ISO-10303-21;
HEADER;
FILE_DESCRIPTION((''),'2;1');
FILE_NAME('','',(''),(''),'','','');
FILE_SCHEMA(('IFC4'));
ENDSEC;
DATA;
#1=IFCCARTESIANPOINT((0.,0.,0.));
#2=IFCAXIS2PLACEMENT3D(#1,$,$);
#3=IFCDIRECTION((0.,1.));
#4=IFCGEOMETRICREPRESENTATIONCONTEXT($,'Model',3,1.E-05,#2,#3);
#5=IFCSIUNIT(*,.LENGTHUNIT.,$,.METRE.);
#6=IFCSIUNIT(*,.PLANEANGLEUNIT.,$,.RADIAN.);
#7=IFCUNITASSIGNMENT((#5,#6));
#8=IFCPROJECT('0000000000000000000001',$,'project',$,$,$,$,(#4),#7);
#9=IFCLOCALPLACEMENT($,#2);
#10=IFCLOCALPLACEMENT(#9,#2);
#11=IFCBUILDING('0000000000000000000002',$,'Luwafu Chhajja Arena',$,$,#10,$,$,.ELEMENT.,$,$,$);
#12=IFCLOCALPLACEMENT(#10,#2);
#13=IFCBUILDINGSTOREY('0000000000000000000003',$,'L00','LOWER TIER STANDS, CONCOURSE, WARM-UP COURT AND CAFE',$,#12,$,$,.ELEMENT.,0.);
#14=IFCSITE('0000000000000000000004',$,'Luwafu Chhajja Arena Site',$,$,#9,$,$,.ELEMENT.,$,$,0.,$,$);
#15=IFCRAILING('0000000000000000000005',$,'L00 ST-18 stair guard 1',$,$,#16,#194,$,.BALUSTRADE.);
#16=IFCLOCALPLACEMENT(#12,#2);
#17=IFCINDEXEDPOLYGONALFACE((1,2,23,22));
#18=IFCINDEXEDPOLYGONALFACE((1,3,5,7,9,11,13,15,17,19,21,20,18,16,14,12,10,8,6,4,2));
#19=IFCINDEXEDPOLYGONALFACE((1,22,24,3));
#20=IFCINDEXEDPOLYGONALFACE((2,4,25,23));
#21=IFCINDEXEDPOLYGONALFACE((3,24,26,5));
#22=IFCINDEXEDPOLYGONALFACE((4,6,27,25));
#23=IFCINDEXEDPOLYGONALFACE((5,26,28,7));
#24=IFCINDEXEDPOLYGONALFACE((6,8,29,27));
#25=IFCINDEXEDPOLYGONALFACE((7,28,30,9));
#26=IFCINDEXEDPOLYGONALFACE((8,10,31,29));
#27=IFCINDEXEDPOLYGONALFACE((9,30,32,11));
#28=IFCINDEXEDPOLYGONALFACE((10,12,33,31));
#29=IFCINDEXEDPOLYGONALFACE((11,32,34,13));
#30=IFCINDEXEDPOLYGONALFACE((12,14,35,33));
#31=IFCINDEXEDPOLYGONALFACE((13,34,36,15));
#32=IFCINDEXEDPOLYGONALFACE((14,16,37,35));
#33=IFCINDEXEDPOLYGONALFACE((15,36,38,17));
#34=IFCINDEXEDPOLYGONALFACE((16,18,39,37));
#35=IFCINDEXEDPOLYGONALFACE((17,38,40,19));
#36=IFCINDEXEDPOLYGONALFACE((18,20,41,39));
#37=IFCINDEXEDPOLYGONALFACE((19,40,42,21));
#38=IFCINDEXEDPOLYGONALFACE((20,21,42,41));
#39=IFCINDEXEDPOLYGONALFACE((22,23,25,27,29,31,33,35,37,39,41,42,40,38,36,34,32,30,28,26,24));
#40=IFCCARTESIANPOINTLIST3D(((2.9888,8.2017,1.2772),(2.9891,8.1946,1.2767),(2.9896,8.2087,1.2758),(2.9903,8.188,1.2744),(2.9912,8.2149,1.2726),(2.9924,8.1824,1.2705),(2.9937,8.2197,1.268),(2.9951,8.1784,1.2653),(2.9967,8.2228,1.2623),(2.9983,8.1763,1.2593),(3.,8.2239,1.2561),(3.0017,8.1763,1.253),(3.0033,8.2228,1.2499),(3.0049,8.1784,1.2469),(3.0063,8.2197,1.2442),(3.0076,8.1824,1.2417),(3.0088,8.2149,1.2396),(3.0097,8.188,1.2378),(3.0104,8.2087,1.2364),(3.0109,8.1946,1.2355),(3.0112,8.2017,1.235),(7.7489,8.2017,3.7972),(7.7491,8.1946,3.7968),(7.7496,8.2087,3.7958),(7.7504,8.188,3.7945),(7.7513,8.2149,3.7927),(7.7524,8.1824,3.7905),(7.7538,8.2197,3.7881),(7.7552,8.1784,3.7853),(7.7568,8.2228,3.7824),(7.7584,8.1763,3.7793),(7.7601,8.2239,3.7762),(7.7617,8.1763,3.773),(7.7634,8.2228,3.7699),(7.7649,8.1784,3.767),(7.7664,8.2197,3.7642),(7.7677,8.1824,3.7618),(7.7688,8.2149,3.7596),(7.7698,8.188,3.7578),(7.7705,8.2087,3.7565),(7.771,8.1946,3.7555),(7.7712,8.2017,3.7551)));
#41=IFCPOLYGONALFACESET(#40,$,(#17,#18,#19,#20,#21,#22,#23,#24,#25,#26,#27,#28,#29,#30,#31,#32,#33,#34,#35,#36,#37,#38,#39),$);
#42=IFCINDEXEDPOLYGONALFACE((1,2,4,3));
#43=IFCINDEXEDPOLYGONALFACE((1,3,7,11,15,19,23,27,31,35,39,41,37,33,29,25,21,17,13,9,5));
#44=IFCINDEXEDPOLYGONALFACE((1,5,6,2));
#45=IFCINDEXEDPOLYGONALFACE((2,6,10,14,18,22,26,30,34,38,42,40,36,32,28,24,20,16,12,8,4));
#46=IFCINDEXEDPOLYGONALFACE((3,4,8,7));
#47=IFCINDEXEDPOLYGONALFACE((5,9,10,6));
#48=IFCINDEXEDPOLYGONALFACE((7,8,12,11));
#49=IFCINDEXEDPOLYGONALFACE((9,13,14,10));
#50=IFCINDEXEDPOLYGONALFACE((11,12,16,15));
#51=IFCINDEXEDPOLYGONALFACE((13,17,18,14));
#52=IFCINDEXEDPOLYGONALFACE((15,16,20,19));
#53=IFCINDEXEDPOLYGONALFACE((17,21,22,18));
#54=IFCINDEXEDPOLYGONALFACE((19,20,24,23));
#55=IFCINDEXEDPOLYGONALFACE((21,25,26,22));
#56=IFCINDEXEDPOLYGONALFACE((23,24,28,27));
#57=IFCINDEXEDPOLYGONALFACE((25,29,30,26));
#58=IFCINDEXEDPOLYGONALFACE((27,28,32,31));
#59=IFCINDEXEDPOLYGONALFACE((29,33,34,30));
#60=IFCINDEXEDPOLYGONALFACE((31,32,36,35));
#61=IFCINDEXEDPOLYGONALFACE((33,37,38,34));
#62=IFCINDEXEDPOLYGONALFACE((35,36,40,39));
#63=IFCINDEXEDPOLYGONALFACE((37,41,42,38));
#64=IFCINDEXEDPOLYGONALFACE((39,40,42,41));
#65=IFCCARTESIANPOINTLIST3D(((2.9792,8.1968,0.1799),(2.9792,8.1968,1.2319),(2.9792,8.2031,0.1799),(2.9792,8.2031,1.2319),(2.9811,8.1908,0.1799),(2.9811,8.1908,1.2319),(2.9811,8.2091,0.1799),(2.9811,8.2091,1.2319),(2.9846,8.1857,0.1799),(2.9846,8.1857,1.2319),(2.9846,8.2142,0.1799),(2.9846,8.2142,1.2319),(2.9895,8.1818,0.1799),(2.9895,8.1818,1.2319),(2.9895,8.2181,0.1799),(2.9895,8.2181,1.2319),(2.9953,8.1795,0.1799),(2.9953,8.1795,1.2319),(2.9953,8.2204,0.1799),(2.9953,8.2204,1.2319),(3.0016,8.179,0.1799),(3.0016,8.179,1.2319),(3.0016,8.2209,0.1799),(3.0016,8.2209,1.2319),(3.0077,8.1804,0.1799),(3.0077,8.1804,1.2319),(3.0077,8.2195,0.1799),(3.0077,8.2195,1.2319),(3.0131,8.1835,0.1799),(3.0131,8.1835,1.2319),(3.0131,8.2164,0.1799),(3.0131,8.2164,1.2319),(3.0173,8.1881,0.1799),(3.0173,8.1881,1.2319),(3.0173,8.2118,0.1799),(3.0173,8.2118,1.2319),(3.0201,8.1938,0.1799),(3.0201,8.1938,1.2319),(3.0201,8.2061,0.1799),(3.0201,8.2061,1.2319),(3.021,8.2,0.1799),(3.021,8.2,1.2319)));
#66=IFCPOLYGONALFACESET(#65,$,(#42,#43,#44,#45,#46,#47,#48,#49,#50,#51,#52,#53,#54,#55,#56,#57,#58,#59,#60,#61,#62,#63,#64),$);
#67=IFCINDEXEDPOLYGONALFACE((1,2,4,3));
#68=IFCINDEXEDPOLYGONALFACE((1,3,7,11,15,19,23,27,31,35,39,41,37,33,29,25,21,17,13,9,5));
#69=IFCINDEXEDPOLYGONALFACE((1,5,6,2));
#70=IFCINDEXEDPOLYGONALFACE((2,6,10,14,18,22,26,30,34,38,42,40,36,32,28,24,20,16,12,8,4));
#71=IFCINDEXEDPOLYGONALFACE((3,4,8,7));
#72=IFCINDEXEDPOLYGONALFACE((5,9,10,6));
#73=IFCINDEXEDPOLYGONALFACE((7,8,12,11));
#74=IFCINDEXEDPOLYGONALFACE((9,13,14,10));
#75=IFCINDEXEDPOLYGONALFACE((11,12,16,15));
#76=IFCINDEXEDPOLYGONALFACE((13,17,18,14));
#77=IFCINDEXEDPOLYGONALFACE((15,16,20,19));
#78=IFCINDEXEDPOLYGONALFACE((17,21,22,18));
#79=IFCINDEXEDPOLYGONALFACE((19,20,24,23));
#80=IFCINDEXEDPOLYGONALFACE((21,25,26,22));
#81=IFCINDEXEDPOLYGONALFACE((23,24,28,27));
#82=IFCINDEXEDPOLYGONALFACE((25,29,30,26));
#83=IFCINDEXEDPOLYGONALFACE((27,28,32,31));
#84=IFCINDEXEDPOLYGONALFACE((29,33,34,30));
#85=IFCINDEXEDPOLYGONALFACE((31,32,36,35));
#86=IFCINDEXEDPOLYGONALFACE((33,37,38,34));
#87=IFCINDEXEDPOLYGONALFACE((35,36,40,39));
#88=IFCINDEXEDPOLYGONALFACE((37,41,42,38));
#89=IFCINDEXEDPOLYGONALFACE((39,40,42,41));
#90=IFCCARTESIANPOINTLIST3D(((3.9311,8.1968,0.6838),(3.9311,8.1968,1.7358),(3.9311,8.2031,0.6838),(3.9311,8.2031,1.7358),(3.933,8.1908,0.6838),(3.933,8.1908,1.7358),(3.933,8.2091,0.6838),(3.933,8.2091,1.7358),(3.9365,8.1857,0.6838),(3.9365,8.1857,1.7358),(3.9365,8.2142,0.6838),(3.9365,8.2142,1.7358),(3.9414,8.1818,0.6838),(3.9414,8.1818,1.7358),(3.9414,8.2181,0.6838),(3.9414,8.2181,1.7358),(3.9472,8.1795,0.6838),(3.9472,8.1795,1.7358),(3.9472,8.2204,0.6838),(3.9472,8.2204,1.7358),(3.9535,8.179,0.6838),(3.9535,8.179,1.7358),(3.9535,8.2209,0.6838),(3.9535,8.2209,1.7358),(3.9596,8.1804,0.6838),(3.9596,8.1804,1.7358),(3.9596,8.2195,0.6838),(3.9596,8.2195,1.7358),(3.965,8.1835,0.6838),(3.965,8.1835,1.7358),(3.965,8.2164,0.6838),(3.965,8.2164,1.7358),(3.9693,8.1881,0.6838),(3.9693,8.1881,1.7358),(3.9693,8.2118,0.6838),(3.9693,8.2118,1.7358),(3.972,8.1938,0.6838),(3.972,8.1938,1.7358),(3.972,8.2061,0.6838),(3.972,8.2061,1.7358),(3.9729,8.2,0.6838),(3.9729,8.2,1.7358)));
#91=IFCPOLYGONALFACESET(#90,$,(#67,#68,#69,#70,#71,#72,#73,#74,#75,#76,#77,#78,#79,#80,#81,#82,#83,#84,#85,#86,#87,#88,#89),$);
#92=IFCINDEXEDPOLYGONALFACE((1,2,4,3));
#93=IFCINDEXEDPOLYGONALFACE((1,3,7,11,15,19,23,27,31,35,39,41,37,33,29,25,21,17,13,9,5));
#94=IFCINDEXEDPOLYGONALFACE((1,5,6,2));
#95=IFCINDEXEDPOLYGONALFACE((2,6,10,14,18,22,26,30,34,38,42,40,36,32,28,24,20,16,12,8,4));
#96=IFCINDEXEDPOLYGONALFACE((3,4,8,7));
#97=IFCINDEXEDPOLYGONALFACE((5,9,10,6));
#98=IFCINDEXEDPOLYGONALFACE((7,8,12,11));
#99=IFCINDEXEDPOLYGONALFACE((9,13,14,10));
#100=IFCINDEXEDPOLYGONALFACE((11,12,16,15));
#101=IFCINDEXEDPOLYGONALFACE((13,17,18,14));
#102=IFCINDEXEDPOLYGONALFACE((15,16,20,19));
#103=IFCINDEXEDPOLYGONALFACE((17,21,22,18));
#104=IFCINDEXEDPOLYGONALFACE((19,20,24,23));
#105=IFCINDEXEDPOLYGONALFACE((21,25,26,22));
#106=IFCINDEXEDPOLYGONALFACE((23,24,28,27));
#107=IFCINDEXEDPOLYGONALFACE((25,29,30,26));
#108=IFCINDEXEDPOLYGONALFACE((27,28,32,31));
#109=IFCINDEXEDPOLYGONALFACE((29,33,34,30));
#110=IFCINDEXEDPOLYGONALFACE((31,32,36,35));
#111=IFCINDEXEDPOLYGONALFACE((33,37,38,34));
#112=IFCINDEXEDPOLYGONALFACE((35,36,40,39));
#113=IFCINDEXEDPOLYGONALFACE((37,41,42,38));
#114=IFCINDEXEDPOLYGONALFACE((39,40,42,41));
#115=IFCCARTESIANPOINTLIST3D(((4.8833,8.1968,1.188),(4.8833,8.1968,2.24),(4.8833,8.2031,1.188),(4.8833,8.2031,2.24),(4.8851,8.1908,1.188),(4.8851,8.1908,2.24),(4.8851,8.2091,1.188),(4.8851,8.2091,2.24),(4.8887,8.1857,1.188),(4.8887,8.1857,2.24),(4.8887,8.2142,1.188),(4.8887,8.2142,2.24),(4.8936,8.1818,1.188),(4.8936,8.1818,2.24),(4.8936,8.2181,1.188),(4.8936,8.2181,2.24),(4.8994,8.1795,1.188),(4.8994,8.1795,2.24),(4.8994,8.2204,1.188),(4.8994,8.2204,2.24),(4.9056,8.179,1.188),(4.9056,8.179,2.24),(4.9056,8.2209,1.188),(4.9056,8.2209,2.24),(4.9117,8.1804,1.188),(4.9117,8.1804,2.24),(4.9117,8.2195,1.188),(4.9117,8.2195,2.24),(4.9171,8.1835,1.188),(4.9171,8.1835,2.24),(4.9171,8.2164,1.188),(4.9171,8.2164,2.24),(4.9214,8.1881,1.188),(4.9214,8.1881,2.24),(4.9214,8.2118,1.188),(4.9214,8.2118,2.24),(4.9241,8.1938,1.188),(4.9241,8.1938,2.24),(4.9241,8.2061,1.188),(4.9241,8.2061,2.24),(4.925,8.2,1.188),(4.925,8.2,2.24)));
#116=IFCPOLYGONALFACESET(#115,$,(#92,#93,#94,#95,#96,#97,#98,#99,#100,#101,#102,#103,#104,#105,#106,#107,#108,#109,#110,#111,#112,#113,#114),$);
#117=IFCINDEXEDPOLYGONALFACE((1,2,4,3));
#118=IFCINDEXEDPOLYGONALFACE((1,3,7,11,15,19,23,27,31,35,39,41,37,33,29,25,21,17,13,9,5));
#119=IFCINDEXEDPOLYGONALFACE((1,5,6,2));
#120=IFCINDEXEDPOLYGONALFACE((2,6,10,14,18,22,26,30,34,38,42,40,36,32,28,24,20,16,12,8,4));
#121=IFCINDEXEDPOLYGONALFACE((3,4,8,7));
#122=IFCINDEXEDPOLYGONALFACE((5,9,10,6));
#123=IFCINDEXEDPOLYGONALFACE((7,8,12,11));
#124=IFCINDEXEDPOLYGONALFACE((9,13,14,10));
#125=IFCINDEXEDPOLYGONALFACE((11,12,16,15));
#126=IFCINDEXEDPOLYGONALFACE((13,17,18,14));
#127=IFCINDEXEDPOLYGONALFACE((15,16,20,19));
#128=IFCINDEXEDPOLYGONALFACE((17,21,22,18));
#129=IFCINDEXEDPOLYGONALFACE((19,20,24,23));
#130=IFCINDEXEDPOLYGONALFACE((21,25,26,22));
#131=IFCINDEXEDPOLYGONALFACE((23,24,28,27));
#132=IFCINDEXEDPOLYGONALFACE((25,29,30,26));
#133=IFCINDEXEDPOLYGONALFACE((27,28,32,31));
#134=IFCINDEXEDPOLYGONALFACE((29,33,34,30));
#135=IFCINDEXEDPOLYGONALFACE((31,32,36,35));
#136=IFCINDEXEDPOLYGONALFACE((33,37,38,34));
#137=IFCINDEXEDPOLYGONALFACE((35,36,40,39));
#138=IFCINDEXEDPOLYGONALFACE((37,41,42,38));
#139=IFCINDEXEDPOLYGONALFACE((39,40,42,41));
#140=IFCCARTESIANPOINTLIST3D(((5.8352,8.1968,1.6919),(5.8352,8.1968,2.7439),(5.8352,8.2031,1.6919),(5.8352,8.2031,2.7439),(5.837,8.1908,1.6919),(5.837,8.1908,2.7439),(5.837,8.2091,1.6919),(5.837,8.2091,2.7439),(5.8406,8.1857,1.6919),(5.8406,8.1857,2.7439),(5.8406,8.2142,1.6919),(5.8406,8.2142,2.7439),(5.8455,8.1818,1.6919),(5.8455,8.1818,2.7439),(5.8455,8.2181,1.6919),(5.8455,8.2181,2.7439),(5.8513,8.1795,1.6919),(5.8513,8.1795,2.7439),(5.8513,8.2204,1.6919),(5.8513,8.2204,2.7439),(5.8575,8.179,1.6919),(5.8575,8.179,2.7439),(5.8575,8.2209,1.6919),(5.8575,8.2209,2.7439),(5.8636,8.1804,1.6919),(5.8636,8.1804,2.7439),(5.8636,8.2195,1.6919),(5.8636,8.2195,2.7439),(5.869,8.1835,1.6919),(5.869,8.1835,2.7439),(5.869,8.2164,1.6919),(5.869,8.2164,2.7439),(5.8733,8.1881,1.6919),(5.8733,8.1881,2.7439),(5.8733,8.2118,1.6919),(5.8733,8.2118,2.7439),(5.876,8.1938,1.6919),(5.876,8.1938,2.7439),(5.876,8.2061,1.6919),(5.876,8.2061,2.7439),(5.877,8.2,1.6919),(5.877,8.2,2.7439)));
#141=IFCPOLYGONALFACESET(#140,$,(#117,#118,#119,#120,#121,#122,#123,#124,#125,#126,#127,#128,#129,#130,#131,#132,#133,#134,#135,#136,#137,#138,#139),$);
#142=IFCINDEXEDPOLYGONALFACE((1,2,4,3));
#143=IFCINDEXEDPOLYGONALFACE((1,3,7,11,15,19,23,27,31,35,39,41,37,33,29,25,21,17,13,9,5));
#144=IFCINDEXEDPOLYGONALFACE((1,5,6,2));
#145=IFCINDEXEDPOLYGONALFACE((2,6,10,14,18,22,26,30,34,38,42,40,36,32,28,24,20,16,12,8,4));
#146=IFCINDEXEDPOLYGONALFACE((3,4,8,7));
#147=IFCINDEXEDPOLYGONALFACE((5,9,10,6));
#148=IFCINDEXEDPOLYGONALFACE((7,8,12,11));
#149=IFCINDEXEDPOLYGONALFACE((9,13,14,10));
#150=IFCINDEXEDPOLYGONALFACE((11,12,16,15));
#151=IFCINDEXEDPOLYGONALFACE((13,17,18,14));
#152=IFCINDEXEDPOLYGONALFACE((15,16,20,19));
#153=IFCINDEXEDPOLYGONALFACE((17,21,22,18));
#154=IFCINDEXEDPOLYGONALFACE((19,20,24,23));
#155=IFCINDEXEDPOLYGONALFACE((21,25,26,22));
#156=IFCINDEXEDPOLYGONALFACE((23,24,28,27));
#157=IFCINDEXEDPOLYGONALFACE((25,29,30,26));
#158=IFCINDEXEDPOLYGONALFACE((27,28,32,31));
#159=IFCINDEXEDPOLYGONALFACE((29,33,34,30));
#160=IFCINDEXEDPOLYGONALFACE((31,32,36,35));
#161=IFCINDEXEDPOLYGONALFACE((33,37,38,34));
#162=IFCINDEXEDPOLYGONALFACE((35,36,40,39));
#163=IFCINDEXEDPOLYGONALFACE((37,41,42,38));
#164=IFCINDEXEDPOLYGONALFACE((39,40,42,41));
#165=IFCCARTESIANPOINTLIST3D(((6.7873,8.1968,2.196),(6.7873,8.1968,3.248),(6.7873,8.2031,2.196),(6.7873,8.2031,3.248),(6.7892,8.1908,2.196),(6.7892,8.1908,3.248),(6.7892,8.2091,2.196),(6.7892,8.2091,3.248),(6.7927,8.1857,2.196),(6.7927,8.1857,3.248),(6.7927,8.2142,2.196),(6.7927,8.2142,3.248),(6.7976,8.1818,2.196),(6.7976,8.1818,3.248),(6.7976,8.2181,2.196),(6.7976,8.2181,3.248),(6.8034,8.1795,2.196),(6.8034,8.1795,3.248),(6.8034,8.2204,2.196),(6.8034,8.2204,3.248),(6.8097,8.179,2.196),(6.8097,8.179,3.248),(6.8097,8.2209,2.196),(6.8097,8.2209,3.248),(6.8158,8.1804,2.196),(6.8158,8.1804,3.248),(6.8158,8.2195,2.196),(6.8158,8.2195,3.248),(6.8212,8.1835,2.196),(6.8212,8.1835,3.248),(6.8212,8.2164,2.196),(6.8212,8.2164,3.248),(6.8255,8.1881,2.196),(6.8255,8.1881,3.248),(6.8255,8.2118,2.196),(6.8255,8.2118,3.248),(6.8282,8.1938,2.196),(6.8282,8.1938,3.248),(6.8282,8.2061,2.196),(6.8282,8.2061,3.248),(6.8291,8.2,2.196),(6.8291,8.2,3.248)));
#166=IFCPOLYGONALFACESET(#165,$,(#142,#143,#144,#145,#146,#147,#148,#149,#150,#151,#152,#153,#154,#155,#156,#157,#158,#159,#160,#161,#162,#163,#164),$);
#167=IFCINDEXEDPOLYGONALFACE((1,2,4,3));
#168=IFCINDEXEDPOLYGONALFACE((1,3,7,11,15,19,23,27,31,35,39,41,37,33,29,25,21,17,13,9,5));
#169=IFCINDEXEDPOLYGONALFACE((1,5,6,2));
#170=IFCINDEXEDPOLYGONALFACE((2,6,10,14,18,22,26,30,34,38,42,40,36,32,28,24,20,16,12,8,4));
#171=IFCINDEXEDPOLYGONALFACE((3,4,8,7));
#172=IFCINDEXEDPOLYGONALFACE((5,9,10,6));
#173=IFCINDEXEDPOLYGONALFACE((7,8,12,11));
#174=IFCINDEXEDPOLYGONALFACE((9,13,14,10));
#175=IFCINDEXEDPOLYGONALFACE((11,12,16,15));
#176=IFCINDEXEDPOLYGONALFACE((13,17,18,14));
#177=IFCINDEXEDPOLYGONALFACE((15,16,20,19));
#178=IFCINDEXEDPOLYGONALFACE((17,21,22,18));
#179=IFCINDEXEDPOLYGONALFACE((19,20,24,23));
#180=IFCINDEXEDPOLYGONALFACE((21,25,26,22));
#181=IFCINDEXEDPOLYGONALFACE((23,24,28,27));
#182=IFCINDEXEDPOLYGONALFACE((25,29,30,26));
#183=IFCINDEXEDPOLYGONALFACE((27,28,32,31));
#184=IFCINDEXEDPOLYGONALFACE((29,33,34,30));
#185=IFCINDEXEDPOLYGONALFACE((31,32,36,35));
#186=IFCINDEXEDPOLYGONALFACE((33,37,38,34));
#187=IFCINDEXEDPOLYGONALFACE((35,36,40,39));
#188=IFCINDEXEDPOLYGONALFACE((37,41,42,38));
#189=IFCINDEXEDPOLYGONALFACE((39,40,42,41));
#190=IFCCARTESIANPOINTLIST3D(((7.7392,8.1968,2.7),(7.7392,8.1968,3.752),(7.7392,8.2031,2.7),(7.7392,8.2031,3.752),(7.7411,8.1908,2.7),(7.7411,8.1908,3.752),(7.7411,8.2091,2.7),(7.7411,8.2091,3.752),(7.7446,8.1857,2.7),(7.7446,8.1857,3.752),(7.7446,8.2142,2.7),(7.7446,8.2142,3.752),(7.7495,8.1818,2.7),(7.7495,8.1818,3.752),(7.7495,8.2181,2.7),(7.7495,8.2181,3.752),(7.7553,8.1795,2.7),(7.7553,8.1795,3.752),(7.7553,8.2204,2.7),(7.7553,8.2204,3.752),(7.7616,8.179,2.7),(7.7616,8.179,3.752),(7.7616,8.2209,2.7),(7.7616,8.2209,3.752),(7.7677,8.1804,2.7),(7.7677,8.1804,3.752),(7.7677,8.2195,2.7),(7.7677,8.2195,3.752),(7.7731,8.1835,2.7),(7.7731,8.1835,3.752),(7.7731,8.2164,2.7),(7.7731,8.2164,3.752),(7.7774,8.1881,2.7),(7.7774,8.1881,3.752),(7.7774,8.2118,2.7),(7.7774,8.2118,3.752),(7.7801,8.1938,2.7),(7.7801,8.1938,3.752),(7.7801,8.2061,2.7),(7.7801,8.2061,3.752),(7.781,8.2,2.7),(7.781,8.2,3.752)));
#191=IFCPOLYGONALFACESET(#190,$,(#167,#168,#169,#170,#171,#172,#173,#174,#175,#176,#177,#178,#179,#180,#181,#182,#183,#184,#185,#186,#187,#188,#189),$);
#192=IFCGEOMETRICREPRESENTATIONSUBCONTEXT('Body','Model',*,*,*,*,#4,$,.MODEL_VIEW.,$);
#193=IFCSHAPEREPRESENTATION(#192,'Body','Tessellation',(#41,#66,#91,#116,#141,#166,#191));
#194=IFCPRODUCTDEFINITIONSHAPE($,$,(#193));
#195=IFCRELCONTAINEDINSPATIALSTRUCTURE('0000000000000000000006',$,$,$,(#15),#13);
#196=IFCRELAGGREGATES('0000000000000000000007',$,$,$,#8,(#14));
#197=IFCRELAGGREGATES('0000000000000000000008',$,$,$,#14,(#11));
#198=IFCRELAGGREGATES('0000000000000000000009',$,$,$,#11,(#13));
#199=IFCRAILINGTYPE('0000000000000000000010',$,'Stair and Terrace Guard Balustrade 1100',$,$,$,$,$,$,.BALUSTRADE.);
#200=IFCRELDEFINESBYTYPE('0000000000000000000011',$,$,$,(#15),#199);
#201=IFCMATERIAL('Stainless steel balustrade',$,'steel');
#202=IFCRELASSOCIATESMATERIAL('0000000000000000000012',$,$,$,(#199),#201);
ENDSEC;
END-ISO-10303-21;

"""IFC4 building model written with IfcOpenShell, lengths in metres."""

from ifc_helpers import new_model, si_unit, direction, frame, origin, origin_2d, place, context, subcontext, project, spatial, circle, extrude, material, type_object, element, save


model = new_model("IFC4")

# Units and contexts
model_context = context("Model", 3, precision=1e-05, world=origin(), true_north=direction((0.0, 1.0)))
body_context = subcontext(model_context, "Body", "Model", "MODEL_VIEW")
ifc_project = project(units=[si_unit("LENGTHUNIT", "METRE"), si_unit("PLANEANGLEUNIT", "RADIAN")], contexts=[model_context])

# Site, building, storey
site_placement = place(None, origin())
site = spatial("IfcSite", under=ifc_project, at=site_placement, Name="Luwafu Chhajja Arena Site", CompositionType="ELEMENT", RefElevation=0.0)
building_placement = place(site_placement, origin())
building = spatial("IfcBuilding", under=site, at=building_placement, Name="Luwafu Chhajja Arena", CompositionType="ELEMENT")
storey_placement = place(building_placement, origin())
storey = spatial("IfcBuildingStorey", under=building, at=storey_placement, Name="L00", Description="LOWER TIER STANDS, CONCOURSE, WARM-UP COURT AND CAFE", CompositionType="ELEMENT", Elevation=0.0)

# Railing
ifc_material_1 = material(Name="Stainless steel balustrade", Category="steel")
railing_type_1 = type_object("IfcRailingType", Name="Stair and Terrace Guard Balustrade 1100", PredefinedType="BALUSTRADE", material=ifc_material_1)
railing_1_placement = place(storey_placement, frame((3.0, 8.2, 0.1799)))
element("IfcRailing", 1, at=railing_1_placement, inside=storey, type_object=railing_type_1, Name="L00 ST-18 stair guard 1", PredefinedType="BALUSTRADE", context=body_context, shape_type="SweptSolid", body=[
    extrude(circle(Radius=0.0239, at=origin_2d()), frame((0.0, 0.0, 1.0762), z_axis=(0.883787, 0.0, 0.46789), x_axis=(0.0, 1.0, 0.0)), (0.0, 0.0, 1.0), 5.386),
    extrude(circle(Radius=0.021, at=origin_2d()), origin(), (0.0, 0.0, 1.0), 1.052),
    extrude(circle(Radius=0.021, at=origin_2d()), frame((0.9519, 0.0, 0.5039)), (0.0, 0.0, 1.0), 1.052),
    extrude(circle(Radius=0.021, at=origin_2d()), frame((1.9041, 0.0, 1.0081)), (0.0, 0.0, 1.0), 1.052),
    extrude(circle(Radius=0.021, at=origin_2d()), frame((2.856, 0.0, 1.512)), (0.0, 0.0, 1.0), 1.052),
    extrude(circle(Radius=0.021, at=origin_2d()), frame((3.8081, 0.0, 2.0161)), (0.0, 0.0, 1.0), 1.052),
    extrude(circle(Radius=0.021, at=origin_2d()), frame((4.76, 0.0, 2.52)), (0.0, 0.0, 1.0), 1.052),
])

save(model, "model.ifc")
